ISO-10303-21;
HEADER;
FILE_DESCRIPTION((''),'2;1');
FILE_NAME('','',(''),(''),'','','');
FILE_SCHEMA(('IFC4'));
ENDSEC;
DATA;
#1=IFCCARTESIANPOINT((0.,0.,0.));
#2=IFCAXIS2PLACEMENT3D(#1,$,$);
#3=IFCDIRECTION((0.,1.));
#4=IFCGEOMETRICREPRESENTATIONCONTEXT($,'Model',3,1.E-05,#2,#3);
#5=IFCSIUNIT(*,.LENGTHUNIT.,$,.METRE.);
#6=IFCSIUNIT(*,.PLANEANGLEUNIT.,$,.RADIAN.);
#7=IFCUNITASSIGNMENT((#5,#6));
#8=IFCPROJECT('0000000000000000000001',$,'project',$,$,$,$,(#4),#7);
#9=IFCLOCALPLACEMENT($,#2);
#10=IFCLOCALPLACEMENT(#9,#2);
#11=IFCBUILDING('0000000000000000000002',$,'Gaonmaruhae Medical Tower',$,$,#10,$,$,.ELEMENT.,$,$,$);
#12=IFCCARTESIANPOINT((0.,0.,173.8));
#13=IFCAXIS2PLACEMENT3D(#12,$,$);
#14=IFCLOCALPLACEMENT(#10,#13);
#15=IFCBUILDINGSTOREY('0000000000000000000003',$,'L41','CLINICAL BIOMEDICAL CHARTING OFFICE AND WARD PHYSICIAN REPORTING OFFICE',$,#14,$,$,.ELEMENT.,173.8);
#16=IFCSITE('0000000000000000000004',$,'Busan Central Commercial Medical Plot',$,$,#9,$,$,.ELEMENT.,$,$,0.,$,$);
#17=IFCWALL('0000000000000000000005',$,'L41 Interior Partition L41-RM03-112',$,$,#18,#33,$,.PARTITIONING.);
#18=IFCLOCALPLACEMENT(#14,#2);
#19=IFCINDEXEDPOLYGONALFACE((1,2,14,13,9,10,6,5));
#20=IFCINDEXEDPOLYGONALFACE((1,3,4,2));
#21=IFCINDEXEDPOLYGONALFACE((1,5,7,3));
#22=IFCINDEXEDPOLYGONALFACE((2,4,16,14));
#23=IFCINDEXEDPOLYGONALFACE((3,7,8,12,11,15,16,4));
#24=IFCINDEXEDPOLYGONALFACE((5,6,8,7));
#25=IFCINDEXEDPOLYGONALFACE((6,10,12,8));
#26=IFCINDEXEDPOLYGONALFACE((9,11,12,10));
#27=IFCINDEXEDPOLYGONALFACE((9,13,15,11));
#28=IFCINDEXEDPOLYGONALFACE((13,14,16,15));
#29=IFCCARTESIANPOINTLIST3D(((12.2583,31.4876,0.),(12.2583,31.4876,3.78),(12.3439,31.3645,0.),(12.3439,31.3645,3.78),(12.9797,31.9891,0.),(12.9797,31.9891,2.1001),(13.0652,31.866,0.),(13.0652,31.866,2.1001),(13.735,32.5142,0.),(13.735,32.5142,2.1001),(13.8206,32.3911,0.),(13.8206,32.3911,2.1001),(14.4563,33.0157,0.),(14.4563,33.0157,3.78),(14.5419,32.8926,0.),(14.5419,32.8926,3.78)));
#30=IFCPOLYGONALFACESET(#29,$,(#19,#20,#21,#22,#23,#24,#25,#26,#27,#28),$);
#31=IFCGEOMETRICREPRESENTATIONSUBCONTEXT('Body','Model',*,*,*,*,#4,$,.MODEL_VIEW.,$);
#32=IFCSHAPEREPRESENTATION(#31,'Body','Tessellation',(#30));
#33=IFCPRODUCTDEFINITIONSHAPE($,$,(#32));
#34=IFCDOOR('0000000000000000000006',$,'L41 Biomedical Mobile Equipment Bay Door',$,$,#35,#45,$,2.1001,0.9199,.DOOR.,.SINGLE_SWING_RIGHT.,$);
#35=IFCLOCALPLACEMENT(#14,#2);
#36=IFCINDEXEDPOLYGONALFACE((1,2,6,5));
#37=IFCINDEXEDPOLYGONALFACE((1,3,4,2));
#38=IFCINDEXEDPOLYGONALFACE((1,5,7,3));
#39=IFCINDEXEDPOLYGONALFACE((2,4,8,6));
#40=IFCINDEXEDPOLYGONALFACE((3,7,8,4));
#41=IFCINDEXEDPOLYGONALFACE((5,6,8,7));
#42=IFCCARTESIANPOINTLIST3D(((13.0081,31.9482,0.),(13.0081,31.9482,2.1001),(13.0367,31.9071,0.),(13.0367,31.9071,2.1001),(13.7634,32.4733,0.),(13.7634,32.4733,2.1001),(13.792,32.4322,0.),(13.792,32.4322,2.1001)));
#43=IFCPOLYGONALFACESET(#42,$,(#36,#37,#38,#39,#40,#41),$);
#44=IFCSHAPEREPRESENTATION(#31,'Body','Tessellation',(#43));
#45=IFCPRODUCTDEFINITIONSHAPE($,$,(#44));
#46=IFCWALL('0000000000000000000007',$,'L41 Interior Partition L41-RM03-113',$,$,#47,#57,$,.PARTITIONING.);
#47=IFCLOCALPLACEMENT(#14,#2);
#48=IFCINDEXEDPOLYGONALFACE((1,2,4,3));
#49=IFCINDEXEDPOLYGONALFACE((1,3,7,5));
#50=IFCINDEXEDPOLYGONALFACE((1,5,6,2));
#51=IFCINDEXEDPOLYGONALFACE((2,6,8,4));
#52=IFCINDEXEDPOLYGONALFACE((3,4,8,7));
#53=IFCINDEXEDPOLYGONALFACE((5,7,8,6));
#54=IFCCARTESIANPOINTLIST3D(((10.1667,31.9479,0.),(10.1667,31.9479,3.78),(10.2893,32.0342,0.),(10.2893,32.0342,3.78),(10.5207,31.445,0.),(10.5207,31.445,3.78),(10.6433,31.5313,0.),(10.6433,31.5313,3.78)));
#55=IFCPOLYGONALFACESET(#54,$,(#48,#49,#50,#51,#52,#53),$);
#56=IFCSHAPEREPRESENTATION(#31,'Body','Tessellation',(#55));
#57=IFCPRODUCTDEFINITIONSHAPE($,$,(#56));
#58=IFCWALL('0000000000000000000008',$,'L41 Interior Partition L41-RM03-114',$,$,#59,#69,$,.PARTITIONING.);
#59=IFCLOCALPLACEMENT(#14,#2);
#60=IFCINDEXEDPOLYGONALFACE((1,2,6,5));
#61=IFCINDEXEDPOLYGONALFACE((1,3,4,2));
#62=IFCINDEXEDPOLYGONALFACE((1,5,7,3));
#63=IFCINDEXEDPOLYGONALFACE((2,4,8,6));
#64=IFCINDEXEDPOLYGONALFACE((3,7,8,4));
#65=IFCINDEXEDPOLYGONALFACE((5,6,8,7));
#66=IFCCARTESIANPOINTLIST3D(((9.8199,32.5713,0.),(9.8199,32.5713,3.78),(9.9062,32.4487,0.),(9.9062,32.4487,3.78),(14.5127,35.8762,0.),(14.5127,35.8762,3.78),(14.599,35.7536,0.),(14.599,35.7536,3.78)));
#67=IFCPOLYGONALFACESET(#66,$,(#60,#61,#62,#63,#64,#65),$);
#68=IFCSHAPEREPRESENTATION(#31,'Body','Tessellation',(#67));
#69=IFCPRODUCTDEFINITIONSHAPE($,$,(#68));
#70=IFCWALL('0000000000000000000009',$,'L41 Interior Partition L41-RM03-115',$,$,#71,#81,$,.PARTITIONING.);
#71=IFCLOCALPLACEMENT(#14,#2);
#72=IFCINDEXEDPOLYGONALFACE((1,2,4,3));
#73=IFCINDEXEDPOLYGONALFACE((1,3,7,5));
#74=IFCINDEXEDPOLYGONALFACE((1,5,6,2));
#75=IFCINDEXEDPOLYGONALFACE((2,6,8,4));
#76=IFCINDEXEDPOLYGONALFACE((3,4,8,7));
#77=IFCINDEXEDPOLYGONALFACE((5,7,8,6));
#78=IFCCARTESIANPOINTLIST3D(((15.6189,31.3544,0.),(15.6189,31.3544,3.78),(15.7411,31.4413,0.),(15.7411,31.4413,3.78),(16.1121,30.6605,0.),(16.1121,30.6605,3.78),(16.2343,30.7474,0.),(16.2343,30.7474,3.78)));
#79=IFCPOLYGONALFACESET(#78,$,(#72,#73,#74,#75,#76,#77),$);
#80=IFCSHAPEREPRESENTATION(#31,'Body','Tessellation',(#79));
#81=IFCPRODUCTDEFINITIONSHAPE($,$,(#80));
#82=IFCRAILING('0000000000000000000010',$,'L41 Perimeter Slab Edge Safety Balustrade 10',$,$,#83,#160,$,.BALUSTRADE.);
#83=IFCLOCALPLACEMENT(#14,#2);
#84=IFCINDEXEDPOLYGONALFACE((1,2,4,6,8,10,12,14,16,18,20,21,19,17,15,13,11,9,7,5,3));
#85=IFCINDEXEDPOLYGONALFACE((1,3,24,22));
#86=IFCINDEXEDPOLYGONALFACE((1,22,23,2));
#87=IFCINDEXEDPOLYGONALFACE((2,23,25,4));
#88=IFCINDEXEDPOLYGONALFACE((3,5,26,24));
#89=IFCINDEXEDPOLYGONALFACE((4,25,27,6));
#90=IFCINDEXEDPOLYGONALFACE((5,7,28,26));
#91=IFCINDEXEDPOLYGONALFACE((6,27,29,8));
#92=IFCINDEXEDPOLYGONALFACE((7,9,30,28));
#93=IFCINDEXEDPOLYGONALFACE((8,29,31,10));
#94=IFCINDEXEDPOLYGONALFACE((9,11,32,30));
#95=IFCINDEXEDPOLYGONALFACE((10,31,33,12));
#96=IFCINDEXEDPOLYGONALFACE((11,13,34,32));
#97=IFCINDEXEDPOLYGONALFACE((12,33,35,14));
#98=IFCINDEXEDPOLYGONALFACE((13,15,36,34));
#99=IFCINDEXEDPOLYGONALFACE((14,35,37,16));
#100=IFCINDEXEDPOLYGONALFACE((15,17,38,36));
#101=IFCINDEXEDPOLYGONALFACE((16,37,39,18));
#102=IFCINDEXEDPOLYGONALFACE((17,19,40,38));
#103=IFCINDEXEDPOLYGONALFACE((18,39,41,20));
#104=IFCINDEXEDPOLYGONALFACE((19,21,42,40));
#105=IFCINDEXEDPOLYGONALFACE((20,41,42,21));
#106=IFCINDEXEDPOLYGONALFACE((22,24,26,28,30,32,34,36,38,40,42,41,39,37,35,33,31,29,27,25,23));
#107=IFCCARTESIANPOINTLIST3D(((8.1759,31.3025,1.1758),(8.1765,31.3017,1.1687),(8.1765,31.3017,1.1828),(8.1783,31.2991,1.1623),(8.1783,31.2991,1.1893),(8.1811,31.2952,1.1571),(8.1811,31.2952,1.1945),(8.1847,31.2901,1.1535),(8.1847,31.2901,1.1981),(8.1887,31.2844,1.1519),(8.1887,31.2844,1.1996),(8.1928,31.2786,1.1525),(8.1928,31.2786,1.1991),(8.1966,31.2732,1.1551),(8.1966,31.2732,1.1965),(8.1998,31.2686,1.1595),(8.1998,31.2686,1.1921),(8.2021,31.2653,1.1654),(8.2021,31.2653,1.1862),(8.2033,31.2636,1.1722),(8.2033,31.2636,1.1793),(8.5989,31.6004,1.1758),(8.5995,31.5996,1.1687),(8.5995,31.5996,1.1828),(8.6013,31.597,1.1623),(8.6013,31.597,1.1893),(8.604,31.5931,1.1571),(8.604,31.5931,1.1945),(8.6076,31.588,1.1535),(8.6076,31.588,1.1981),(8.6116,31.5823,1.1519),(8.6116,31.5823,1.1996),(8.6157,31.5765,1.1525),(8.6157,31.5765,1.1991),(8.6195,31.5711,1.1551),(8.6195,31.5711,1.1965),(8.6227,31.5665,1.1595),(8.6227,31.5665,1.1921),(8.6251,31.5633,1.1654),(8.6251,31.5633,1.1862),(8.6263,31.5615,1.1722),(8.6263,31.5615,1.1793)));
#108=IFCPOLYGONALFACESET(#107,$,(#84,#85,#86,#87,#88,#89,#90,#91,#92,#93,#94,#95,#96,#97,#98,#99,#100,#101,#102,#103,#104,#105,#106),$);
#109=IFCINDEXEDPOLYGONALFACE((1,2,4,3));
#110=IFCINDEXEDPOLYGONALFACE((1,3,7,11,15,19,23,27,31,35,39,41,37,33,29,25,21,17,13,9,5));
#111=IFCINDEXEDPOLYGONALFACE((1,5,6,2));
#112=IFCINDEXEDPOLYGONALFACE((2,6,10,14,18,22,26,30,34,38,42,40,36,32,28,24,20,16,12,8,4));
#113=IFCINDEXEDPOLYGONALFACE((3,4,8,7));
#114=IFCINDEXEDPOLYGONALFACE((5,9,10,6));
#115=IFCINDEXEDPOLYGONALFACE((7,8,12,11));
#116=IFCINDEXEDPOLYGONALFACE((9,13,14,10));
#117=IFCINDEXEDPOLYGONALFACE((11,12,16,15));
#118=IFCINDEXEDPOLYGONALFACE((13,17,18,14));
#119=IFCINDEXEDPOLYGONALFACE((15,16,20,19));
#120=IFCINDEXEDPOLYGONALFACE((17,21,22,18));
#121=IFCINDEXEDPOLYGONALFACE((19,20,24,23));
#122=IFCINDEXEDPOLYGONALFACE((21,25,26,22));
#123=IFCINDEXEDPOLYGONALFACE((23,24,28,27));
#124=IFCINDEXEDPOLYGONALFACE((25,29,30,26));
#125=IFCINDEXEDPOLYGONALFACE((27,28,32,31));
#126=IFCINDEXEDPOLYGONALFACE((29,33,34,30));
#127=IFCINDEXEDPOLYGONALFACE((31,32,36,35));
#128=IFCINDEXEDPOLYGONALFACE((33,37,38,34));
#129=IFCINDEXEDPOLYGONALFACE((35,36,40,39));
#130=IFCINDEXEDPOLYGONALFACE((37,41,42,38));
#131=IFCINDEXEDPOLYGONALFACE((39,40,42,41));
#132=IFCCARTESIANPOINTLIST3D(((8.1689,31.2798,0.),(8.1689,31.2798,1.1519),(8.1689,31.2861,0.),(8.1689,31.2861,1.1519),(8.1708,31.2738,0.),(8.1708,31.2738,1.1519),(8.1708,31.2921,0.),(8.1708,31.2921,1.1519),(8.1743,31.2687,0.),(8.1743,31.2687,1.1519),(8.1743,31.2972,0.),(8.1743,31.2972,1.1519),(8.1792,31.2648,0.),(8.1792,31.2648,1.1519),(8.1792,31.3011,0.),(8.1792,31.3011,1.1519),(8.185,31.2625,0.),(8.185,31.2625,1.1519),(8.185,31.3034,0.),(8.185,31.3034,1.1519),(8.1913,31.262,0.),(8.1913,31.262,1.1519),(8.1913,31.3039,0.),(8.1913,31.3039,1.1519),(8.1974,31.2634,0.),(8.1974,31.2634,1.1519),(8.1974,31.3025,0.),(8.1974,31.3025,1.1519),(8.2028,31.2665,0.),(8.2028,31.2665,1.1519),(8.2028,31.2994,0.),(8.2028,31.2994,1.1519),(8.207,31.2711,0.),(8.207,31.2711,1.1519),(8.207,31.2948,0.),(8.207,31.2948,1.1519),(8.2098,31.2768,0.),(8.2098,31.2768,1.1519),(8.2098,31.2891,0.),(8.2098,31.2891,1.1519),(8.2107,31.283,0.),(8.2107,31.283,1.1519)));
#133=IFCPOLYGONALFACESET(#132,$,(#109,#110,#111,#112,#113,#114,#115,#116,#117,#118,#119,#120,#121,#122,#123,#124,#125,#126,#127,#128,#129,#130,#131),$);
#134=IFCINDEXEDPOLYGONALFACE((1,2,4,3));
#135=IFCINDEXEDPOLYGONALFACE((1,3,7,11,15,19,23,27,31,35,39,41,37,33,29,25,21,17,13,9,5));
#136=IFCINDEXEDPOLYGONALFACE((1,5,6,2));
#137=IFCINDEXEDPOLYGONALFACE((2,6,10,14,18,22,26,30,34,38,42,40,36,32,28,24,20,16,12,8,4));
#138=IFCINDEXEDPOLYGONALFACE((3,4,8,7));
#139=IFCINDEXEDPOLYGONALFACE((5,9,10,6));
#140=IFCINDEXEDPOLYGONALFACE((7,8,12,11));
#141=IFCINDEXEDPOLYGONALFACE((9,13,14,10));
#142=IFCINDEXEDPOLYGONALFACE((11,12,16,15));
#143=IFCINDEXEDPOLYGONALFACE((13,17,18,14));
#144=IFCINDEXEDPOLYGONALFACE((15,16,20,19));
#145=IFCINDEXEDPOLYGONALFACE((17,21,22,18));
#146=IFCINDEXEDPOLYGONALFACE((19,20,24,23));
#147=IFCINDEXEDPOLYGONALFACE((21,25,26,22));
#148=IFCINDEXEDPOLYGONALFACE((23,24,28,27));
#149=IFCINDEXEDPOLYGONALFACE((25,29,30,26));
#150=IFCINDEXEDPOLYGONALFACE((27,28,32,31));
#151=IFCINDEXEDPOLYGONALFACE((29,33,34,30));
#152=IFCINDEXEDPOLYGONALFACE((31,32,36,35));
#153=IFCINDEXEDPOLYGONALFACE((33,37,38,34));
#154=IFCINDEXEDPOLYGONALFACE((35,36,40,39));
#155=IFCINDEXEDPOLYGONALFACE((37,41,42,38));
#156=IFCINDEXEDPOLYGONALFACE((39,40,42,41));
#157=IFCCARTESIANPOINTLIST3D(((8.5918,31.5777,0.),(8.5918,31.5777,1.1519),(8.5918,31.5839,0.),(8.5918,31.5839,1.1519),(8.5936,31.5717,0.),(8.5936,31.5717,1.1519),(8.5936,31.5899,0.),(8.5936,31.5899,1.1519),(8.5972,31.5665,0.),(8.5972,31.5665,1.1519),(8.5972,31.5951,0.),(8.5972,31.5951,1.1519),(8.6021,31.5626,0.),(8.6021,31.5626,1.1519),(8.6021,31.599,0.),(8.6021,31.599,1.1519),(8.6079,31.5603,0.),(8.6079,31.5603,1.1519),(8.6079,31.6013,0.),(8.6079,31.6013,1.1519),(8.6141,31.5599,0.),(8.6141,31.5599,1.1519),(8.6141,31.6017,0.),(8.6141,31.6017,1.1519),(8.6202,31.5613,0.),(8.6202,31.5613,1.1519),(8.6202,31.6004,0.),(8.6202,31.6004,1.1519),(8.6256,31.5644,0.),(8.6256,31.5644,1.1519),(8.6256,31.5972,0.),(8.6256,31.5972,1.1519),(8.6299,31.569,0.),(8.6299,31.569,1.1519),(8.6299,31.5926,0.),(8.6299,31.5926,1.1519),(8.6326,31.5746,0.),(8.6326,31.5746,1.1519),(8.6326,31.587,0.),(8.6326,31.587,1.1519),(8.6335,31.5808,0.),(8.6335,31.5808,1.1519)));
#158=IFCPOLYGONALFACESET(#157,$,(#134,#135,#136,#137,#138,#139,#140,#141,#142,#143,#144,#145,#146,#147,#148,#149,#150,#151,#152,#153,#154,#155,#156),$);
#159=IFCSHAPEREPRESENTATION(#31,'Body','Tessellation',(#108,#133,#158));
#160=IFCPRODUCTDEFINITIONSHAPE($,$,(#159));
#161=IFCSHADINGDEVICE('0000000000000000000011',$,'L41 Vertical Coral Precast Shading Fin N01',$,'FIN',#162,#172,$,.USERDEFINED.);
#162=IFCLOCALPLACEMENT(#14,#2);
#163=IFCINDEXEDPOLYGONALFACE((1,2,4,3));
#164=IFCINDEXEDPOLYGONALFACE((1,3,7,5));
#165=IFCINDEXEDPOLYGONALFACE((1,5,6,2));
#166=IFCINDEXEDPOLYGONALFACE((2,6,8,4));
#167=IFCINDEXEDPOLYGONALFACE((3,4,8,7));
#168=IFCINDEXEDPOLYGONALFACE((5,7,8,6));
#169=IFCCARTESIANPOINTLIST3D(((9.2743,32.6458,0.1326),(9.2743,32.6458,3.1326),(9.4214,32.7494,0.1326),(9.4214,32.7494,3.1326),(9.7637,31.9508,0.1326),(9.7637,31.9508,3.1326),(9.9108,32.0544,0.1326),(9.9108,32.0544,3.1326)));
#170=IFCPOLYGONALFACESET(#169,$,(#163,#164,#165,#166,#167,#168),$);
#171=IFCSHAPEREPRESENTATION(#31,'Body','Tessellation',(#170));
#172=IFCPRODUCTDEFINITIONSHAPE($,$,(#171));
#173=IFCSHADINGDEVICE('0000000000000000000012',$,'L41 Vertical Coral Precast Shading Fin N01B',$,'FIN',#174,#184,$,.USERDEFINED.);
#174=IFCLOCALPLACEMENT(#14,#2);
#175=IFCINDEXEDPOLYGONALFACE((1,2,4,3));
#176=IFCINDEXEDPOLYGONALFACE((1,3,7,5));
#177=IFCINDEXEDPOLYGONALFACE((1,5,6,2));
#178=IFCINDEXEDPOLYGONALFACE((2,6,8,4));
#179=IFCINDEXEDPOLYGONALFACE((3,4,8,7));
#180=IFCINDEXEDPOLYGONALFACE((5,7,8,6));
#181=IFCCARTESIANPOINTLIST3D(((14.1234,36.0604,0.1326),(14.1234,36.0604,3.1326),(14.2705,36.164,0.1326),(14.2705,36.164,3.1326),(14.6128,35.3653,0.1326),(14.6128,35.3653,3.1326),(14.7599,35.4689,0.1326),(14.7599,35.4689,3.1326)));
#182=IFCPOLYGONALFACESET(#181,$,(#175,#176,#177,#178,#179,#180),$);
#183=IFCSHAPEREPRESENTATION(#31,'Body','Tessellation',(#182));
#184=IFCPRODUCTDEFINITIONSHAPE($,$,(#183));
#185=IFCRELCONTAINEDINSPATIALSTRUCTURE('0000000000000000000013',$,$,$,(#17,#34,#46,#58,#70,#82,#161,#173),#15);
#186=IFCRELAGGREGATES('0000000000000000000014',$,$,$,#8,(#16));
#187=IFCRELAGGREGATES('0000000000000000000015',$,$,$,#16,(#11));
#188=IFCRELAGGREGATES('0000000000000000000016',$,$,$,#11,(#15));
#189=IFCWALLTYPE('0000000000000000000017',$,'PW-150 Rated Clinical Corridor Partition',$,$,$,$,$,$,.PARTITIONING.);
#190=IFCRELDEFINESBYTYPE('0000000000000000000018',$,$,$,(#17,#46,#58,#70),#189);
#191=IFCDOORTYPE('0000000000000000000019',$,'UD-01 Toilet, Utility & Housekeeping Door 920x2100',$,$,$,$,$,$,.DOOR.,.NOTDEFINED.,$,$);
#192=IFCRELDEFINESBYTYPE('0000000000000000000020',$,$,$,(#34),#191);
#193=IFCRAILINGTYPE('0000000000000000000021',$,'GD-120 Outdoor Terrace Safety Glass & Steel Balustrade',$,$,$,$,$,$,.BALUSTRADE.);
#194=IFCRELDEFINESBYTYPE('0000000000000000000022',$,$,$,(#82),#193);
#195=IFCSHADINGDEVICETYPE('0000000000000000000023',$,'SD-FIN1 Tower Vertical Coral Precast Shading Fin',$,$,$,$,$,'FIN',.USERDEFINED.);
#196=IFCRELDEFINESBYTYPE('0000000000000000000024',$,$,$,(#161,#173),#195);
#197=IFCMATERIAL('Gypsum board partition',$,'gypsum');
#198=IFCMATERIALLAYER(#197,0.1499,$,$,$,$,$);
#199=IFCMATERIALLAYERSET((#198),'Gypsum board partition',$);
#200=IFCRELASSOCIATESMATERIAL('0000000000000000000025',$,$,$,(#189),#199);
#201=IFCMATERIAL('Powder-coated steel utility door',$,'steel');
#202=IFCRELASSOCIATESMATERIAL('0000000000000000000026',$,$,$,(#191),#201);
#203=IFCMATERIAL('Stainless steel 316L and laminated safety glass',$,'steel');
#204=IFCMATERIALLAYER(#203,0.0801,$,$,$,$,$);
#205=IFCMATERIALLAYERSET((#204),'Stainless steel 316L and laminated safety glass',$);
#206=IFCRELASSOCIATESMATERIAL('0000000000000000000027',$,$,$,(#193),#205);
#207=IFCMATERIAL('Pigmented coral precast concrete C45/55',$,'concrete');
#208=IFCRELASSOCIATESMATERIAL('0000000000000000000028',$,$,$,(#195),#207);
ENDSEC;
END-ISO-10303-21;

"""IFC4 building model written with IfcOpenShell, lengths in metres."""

from ifc_helpers import new_model, si_unit, direction, frame, frame_2d, origin, origin_2d, place, context, subcontext, project, spatial, rectangle, circle, extrude, material, layer, layer_set, type_object, element, fill, save


model = new_model("IFC4")

# Units and contexts
model_context = context("Model", 3, precision=1e-05, world=origin(), true_north=direction((0.0, 1.0)))
body_context = subcontext(model_context, "Body", "Model", "MODEL_VIEW")
ifc_project = project(units=[si_unit("LENGTHUNIT", "METRE"), si_unit("PLANEANGLEUNIT", "RADIAN")], contexts=[model_context])

# Site, building, storey
site_placement = place(None, origin())
site = spatial("IfcSite", under=ifc_project, at=site_placement, Name="Busan Central Commercial Medical Plot", CompositionType="ELEMENT", RefElevation=0.0)
building_placement = place(site_placement, origin())
building = spatial("IfcBuilding", under=site, at=building_placement, Name="Gaonmaruhae Medical Tower", CompositionType="ELEMENT")
storey_placement = place(building_placement, frame((0.0, 0.0, 173.8)))
storey = spatial("IfcBuildingStorey", under=building, at=storey_placement, Name="L41", Description="CLINICAL BIOMEDICAL CHARTING OFFICE AND WARD PHYSICIAN REPORTING OFFICE", CompositionType="ELEMENT", Elevation=173.8)

# Shared definitions
ifc_material_1 = material(Name="Gypsum board partition", Category="gypsum")
ifc_layer_1 = layer(ifc_material_1, 0.1499)
ifc_layer_set_1 = layer_set([ifc_layer_1], Name="Gypsum board partition")
wall_type_1 = type_object("IfcWallType", Name="PW-150 Rated Clinical Corridor Partition", PredefinedType="PARTITIONING", material=ifc_layer_set_1)

# Shared definitions
ifc_material_2 = material(Name="Powder-coated steel utility door", Category="steel")
door_type_1 = type_object("IfcDoorType", Name="UD-01 Toilet, Utility & Housekeeping Door 920x2100", OperationType="NOTDEFINED", PredefinedType="DOOR", material=ifc_material_2)

# Wall, opening, door
wall_1_placement = place(storey_placement, frame((14.499, 32.9541, 0.0), z_axis=(0.0, 0.0, 1.0), x_axis=(-0.821074, -0.570821, 0.0)))
wall_1 = element("IfcWall", 1, at=wall_1_placement, inside=storey, type_object=wall_type_1, Name="L41 Interior Partition L41-RM03-112", PredefinedType="PARTITIONING", context=body_context, shape_type="SweptSolid", body=[
    extrude(rectangle(XDim=2.677, YDim=0.1499, at=frame_2d((1.3384, 0.0))), origin(), (0.0, 0.0, 1.0), 3.78),
])
opening_1_placement = place(wall_1_placement, frame((0.8784, 0.0, 0.0)))
opening_1 = element("IfcOpeningElement", 2, at=opening_1_placement, cuts=wall_1, PredefinedType="OPENING", context=body_context, shape_type="SweptSolid", body=[
    extrude(rectangle(XDim=0.9199, YDim=2.1001, at=frame_2d((0.46, 1.05))), frame((0.0, 0.085, 0.0), z_axis=(0.0, -1.0, 0.0), x_axis=(1.0, 0.0, 0.0)), (0.0, 0.0, 1.0), 0.1699),
])
door_1_placement = place(opening_1_placement, origin())
door_1 = element("IfcDoor", 3, at=door_1_placement, inside=storey, type_object=door_type_1, Name="L41 Biomedical Mobile Equipment Bay Door", OperationType="SINGLE_SWING_RIGHT", OverallHeight=2.1001, OverallWidth=0.9199, PredefinedType="DOOR", context=body_context, shape_type="SweptSolid", body=[
    extrude(rectangle(XDim=0.9199, YDim=2.1001, at=frame_2d((0.46, 1.05))), frame((0.0, 0.0249, 0.0), z_axis=(0.0, -1.0, 0.0), x_axis=(1.0, 0.0, 0.0)), (0.0, 0.0, 1.0), 0.05),
])
fill(opening_1, door_1)

# Walls
wall_2_placement = place(storey_placement, frame((10.582, 31.488, 0.0), z_axis=(0.0, 0.0, 1.0), x_axis=(-0.575592, 0.817737, 0.0)))
element("IfcWall", 4, at=wall_2_placement, inside=storey, type_object=wall_type_1, Name="L41 Interior Partition L41-RM03-113", PredefinedType="PARTITIONING", context=body_context, shape_type="SweptSolid", body=[
    extrude(rectangle(XDim=0.615, YDim=0.1499, at=frame_2d((0.3076, 0.0))), origin(), (0.0, 0.0, 1.0), 3.78),
])
wall_3_placement = place(storey_placement, frame((9.863, 32.51, 0.0), z_axis=(0.0, 0.0, 1.0), x_axis=(0.817598, 0.575789, 0.0)))
element("IfcWall", 5, at=wall_3_placement, inside=storey, type_object=wall_type_1, Name="L41 Interior Partition L41-RM03-114", PredefinedType="PARTITIONING", context=body_context, shape_type="SweptSolid", body=[
    extrude(rectangle(XDim=5.7397, YDim=0.1499, at=frame_2d((2.8699, 0.0))), origin(), (0.0, 0.0, 1.0), 3.78),
])
wall_4_placement = place(storey_placement, frame((15.6799, 31.3979, 0.0), z_axis=(0.0, 0.0, 1.0), x_axis=(0.579338, -0.815088, 0.0)))
element("IfcWall", 6, at=wall_4_placement, inside=storey, type_object=wall_type_1, Name="L41 Interior Partition L41-RM03-115", PredefinedType="PARTITIONING", context=body_context, shape_type="SweptSolid", body=[
    extrude(rectangle(XDim=0.8513, YDim=0.1499, at=frame_2d((0.4258, 0.0))), origin(), (0.0, 0.0, 1.0), 3.78),
])

# Railing
ifc_material_3 = material(Name="Stainless steel 316L and laminated safety glass", Category="steel")
ifc_layer_2 = layer(ifc_material_3, 0.0801)
ifc_layer_set_2 = layer_set([ifc_layer_2], Name="Stainless steel 316L and laminated safety glass")
railing_type = type_object("IfcRailingType", Name="GD-120 Outdoor Terrace Safety Glass & Steel Balustrade", PredefinedType="BALUSTRADE", material=ifc_layer_set_2)
railing_placement = place(storey_placement, frame((8.1897, 31.283, 0.0)))
element("IfcRailing", 7, at=railing_placement, inside=storey, type_object=railing_type, Name="L41 Perimeter Slab Edge Safety Balustrade 10", PredefinedType="BALUSTRADE", context=body_context, shape_type="SweptSolid", body=[
    extrude(circle(Radius=0.0239, at=origin_2d()), frame((0.0, 0.0, 1.1758), z_axis=(0.817543, 0.575867, 0.0), x_axis=(-0.575867, 0.817543, 0.0)), (0.0, 0.0, 1.0), 0.5173),
    extrude(circle(Radius=0.021, at=origin_2d()), origin(), (0.0, 0.0, 1.0), 1.1519),
    extrude(circle(Radius=0.021, at=origin_2d()), frame((0.4229, 0.2979, 0.0)), (0.0, 0.0, 1.0), 1.1519),
])

# Shading devices
ifc_material_4 = material(Name="Pigmented coral precast concrete C45/55", Category="concrete")
shading_device_type = type_object("IfcShadingDeviceType", Name="SD-FIN1 Tower Vertical Coral Precast Shading Fin", ElementType="FIN", PredefinedType="USERDEFINED", material=ifc_material_4)
for number, where, z_axis, x_axis, name in (
    (8, (9.5925, 32.3501, 0.1326), (0.0, 0.0, 1.0), (0.817648, 0.575719, 0.0), "L41 Vertical Coral Precast Shading Fin N01"),
    (9, (14.4417, 35.7646, 0.1326), (0.0, 0.0, 1.0), (0.817648, 0.575719, 0.0), "L41 Vertical Coral Precast Shading Fin N01B"),
):
    element("IfcShadingDevice", number, at=place(storey_placement, frame(where, z_axis=z_axis, x_axis=x_axis)), inside=storey, type_object=shading_device_type, Name=name, ObjectType="FIN", PredefinedType="USERDEFINED", context=body_context, shape_type="SweptSolid", body=[
        extrude(rectangle(XDim=0.1799, YDim=0.8501, at=origin_2d()), origin(), (0.0, 0.0, 1.0), 3.0),
    ])

save(model, "model.ifc")
